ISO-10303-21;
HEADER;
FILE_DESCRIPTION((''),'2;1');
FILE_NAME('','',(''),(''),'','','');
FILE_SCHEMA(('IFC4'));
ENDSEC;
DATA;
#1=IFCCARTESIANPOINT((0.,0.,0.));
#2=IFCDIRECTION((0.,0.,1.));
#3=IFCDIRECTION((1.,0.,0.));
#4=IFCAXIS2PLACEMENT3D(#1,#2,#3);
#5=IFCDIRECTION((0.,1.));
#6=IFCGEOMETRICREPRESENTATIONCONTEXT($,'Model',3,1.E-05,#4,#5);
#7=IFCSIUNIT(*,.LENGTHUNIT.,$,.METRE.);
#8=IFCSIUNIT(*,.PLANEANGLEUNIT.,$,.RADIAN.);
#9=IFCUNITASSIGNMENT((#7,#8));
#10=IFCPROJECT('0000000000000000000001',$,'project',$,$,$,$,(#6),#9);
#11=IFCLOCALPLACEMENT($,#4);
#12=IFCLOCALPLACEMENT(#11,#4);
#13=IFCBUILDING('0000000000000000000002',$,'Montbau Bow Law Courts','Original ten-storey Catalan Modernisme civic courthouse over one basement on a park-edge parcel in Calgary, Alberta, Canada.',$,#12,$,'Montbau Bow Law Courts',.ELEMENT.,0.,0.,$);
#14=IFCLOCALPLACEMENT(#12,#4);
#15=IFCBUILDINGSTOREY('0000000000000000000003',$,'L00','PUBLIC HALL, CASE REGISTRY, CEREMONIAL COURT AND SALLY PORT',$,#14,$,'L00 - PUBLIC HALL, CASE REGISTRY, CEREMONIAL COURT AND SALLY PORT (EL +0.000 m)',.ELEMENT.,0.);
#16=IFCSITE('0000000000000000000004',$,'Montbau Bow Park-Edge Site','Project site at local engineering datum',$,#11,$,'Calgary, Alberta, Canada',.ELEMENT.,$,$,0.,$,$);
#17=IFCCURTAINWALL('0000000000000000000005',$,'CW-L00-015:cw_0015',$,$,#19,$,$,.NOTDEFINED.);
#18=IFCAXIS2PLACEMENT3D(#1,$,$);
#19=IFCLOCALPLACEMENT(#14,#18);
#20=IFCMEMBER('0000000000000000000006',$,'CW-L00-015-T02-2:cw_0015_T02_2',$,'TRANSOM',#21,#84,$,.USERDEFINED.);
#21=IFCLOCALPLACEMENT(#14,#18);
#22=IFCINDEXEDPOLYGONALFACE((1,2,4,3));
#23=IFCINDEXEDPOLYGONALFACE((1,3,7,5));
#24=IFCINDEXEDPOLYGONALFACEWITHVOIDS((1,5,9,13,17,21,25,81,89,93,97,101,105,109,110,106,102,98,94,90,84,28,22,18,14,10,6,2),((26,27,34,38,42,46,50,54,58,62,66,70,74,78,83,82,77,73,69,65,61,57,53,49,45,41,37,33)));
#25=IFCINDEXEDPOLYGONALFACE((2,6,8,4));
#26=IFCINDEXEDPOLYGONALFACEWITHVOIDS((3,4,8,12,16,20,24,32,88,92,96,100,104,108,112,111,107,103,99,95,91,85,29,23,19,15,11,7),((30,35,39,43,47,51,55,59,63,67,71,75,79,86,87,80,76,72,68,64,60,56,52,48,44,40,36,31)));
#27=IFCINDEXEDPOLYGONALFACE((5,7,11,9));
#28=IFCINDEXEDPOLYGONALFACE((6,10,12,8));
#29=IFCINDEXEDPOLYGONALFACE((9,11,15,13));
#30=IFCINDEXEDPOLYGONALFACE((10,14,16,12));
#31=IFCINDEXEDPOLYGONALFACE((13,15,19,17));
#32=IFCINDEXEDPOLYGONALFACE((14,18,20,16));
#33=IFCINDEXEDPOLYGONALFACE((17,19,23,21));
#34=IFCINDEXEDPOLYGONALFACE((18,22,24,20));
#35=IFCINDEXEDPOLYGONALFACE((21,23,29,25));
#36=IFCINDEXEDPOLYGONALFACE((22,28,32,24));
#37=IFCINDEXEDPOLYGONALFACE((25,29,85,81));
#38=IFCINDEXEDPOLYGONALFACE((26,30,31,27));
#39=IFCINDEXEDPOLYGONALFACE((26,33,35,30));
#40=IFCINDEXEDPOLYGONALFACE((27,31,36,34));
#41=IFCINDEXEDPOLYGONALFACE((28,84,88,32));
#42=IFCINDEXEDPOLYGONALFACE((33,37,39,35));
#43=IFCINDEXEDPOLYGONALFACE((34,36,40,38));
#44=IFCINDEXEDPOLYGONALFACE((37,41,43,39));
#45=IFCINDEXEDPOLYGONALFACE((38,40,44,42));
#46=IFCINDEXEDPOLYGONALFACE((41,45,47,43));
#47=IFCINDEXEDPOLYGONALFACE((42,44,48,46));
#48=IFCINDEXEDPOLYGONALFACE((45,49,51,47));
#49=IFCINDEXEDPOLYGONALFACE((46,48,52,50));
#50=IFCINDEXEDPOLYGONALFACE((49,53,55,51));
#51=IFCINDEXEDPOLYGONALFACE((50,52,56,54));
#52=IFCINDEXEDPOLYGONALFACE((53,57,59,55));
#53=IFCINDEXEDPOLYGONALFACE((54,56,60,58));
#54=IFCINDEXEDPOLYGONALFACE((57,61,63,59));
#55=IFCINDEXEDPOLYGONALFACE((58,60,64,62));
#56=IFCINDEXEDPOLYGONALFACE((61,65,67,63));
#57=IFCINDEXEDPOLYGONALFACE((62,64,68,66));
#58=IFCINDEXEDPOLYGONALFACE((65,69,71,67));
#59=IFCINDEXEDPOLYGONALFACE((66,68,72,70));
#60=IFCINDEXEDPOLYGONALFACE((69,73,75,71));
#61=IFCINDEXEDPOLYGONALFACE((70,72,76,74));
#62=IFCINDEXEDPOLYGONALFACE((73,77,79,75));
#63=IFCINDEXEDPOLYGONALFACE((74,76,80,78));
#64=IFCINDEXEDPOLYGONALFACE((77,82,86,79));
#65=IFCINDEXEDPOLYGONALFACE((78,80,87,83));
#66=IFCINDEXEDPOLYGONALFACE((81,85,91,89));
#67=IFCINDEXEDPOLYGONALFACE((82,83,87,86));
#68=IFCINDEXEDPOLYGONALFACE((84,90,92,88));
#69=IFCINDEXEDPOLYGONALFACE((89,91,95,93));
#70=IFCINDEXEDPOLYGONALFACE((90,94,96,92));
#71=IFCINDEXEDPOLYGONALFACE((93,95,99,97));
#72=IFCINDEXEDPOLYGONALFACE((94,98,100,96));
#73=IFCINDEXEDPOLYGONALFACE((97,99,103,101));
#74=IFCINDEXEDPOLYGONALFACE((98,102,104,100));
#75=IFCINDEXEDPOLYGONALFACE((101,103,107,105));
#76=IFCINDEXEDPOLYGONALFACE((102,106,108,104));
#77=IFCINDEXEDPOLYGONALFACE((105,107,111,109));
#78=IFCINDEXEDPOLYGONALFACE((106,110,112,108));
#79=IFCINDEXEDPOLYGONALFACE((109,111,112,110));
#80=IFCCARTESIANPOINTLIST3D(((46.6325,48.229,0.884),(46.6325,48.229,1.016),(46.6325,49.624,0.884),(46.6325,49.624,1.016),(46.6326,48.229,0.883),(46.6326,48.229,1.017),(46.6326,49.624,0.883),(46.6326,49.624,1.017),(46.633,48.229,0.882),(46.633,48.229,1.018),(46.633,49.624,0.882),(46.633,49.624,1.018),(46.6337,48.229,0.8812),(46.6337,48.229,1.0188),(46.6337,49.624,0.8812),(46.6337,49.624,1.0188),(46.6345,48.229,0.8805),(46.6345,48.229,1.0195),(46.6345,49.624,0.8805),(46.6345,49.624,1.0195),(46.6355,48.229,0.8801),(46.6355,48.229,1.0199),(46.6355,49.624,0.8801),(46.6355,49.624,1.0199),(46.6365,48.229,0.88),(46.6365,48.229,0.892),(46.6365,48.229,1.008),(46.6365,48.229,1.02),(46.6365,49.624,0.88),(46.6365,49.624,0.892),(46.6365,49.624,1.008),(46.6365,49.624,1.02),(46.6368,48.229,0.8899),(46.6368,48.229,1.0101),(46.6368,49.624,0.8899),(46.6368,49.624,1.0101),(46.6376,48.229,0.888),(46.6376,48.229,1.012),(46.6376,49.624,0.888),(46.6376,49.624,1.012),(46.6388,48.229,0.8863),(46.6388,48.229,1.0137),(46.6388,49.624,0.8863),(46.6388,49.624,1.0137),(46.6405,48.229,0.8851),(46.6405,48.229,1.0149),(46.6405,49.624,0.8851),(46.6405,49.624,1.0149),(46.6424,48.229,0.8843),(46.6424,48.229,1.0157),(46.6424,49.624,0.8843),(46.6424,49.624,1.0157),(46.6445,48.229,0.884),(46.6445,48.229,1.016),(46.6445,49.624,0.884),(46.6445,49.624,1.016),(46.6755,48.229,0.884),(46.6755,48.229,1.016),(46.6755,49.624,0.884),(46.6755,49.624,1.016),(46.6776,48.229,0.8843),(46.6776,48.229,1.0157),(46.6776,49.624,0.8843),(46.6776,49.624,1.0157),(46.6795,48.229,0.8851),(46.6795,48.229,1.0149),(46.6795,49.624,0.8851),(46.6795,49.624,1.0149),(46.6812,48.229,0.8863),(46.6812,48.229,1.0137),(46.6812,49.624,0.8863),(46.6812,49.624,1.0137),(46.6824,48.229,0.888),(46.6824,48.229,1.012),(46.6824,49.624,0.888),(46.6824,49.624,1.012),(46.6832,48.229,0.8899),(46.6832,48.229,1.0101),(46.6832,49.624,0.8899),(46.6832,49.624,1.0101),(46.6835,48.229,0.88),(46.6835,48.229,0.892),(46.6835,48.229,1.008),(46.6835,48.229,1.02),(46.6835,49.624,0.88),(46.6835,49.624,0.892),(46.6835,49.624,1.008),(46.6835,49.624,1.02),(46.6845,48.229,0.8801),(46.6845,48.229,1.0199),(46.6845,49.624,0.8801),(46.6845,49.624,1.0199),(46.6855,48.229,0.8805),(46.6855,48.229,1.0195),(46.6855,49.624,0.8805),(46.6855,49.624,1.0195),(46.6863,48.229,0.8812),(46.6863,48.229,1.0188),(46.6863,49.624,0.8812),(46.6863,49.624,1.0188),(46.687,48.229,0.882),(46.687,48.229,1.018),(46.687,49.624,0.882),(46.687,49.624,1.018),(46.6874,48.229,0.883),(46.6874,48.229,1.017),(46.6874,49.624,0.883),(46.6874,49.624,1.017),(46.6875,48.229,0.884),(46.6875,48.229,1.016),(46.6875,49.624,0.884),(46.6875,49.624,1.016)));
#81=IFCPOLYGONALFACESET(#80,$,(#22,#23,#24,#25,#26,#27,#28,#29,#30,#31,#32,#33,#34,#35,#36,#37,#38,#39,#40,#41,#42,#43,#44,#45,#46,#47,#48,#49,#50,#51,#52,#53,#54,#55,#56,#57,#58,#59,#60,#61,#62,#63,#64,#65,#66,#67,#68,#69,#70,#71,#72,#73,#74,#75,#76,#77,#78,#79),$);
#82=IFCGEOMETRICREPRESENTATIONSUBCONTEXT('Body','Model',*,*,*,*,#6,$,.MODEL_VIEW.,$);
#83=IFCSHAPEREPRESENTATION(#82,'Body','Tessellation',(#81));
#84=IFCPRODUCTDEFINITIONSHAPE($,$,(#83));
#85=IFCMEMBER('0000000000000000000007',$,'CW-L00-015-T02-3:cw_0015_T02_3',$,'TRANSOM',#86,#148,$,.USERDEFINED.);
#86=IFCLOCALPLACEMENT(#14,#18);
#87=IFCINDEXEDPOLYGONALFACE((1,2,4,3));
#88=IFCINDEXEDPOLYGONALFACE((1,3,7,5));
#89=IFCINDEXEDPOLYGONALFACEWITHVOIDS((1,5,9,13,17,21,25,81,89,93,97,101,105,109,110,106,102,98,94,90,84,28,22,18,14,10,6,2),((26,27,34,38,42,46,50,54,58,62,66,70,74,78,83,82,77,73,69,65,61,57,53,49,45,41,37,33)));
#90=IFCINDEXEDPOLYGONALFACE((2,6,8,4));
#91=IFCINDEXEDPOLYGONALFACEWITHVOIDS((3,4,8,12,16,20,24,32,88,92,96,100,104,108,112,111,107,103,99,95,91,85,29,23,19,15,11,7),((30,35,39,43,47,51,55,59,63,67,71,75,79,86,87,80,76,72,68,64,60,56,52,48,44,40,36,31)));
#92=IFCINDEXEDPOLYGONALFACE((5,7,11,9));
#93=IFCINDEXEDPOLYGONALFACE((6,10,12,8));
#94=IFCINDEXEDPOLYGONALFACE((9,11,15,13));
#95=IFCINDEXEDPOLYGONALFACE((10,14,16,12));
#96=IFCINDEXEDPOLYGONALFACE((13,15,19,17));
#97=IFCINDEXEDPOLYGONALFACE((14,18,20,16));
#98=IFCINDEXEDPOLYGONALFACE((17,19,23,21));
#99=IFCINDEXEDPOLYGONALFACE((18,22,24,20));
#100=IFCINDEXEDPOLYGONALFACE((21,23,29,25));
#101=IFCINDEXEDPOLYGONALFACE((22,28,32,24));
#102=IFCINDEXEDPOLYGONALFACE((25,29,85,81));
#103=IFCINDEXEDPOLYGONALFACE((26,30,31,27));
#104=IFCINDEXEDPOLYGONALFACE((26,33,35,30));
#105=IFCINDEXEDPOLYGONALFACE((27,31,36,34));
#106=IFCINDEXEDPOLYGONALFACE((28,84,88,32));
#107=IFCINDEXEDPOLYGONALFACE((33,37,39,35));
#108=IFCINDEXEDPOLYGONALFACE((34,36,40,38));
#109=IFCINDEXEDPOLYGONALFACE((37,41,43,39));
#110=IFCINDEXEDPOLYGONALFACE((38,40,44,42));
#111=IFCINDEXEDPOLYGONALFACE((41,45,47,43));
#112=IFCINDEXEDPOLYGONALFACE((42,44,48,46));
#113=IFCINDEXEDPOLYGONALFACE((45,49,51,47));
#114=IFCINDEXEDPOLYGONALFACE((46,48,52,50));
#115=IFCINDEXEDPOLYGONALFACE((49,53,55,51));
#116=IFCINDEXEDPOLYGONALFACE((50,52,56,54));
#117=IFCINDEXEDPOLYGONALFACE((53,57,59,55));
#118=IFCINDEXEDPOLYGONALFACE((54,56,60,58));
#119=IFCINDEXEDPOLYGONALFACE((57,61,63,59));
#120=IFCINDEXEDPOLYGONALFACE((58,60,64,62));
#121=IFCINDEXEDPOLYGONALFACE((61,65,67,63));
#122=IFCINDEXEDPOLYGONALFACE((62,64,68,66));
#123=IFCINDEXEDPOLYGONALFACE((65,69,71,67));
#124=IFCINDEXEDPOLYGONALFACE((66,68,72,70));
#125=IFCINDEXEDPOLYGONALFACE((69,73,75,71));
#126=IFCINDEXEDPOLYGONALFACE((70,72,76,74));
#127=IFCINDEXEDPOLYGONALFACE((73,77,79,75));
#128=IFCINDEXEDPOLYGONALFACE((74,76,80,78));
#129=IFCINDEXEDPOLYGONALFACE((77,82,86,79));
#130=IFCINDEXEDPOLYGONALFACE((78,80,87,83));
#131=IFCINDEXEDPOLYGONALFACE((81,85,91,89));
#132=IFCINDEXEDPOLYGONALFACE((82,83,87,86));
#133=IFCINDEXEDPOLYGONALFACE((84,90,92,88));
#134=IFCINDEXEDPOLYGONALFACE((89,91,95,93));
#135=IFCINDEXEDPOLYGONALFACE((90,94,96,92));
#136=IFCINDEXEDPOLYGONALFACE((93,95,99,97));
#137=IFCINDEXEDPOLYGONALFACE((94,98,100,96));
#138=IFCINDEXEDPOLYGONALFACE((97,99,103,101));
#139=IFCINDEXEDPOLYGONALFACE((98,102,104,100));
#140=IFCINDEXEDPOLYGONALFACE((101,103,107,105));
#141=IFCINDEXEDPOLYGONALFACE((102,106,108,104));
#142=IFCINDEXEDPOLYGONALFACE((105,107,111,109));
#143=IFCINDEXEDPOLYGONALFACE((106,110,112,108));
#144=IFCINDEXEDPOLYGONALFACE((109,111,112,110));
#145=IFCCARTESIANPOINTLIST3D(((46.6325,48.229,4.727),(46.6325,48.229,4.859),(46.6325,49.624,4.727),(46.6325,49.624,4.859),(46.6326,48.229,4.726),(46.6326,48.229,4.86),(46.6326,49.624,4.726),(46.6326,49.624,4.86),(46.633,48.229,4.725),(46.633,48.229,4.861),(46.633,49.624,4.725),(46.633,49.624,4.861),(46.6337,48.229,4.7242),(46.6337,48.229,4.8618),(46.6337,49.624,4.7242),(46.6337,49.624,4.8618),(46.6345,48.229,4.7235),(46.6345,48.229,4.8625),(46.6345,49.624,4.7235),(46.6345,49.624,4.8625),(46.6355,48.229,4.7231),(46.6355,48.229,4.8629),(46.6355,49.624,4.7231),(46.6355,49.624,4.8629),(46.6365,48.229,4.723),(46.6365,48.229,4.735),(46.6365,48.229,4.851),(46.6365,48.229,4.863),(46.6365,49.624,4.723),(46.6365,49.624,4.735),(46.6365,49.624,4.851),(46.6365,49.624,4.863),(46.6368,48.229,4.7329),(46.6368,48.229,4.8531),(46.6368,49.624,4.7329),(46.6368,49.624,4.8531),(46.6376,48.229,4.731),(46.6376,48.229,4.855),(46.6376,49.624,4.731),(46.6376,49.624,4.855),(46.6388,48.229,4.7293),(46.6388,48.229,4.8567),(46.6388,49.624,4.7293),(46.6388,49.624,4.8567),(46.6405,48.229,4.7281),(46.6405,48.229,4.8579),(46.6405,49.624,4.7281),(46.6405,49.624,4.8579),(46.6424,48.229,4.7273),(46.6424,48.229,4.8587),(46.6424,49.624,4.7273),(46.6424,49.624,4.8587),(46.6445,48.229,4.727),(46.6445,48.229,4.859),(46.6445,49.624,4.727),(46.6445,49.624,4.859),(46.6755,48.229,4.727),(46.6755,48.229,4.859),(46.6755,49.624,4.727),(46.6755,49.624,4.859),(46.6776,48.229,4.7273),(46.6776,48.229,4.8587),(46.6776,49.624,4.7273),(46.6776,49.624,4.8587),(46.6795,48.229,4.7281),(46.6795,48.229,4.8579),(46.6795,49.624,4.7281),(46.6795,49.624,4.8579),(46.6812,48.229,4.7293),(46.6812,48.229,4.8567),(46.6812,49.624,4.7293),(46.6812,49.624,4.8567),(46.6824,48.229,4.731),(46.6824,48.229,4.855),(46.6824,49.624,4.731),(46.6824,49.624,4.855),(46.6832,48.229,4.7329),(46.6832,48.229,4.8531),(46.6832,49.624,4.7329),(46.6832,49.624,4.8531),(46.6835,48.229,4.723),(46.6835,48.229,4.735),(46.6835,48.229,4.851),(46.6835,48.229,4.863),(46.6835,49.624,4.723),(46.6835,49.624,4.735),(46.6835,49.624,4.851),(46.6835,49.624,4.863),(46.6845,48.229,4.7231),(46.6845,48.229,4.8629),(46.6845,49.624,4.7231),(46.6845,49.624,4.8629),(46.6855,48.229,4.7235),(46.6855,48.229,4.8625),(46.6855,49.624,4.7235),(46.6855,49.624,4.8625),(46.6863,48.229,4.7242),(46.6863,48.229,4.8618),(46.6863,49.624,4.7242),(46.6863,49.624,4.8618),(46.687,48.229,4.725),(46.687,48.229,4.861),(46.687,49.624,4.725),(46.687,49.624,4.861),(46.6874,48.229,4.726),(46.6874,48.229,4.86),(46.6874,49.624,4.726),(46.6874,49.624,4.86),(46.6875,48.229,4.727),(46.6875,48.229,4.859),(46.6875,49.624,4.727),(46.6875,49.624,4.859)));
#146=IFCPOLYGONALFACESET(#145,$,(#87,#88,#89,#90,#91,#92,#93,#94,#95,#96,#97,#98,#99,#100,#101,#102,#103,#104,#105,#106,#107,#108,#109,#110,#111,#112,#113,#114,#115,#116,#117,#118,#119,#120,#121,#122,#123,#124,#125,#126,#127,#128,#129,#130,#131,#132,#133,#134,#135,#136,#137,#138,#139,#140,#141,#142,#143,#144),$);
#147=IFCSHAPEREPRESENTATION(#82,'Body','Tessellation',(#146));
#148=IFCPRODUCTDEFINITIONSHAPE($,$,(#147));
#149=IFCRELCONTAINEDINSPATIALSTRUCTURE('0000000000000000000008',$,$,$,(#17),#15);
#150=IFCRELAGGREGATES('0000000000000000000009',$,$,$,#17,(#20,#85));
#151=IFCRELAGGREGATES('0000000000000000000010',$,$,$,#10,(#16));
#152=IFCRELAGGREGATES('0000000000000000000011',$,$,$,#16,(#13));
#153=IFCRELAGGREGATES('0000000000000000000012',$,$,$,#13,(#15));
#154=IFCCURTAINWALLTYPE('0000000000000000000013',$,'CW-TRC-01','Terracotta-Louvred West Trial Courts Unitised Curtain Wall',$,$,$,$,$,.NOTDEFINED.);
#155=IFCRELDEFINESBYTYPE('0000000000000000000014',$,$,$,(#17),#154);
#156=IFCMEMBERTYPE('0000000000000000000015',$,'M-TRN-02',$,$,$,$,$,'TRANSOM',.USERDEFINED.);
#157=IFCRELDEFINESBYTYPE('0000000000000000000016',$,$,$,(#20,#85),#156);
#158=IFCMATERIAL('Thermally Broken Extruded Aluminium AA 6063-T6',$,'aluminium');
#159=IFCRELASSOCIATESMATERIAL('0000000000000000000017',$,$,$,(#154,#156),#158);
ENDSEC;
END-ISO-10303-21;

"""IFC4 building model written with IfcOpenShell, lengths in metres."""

from ifc_helpers import new_model, si_unit, direction, frame, origin_with_axes, origin_2d_with_axis, place, context, subcontext, project, spatial, hollow_rectangle, extrude, material, material_profile, profile_set, type_object, element, aggregate, save


model = new_model("IFC4")

# Units and contexts
model_context = context("Model", 3, precision=1e-05, world=origin_with_axes(), true_north=direction((0.0, 1.0)))
body_context = subcontext(model_context, "Body", "Model", "MODEL_VIEW")
ifc_project = project(units=[si_unit("LENGTHUNIT", "METRE"), si_unit("PLANEANGLEUNIT", "RADIAN")], contexts=[model_context])

# Site, building, storey
site_placement = place(None, origin_with_axes())
site = spatial("IfcSite", under=ifc_project, at=site_placement, Name="Montbau Bow Park-Edge Site", Description="Project site at local engineering datum", LongName="Calgary, Alberta, Canada", CompositionType="ELEMENT", RefElevation=0.0)
building_placement = place(site_placement, origin_with_axes())
building = spatial("IfcBuilding", under=site, at=building_placement, Name="Montbau Bow Law Courts", Description="Original ten-storey Catalan Modernisme civic courthouse over one basement on a park-edge parcel in Calgary, Alberta, Canada.", LongName="Montbau Bow Law Courts", CompositionType="ELEMENT", ElevationOfRefHeight=0.0, ElevationOfTerrain=0.0)
storey_placement = place(building_placement, origin_with_axes())
storey = spatial("IfcBuildingStorey", under=building, at=storey_placement, Name="L00", Description="PUBLIC HALL, CASE REGISTRY, CEREMONIAL COURT AND SALLY PORT", LongName="L00 - PUBLIC HALL, CASE REGISTRY, CEREMONIAL COURT AND SALLY PORT (EL +0.000 m)", CompositionType="ELEMENT", Elevation=0.0)

# Shared definitions
ifc_material_1 = material(Name="Thermally Broken Extruded Aluminium AA 6063-T6", Category="aluminium")

# Curtain wall, members
curtain_wall_type_1 = type_object("IfcCurtainWallType", Name="CW-TRC-01", Description="Terracotta-Louvred West Trial Courts Unitised Curtain Wall", PredefinedType="NOTDEFINED", material=ifc_material_1)
curtain_wall_1_placement = place(None, frame((46.66, 46.715, 0.0), z_axis=(0.0, 0.0, 1.0), x_axis=(1.0, 0.0, 0.0)))
curtain_wall_1 = element("IfcCurtainWall", 1, at=curtain_wall_1_placement, inside=storey, type_object=curtain_wall_type_1, Name="CW-L00-015:cw_0015", PredefinedType="NOTDEFINED")
ifc_material_profile_1 = material_profile(ifc_material_1, hollow_rectangle(XDim=0.055, YDim=0.14, WallThickness=0.004, InnerFilletRadius=0.008, OuterFilletRadius=0.004, at=origin_2d_with_axis()), Name="CWT-140X55", Category="Main", Priority=0)
ifc_profile_set_1 = profile_set([ifc_material_profile_1], Name="Thermally Broken Extruded Aluminium AA 6063-T6")
member_type_1 = type_object("IfcMemberType", Name="M-TRN-02", ElementType="TRANSOM", PredefinedType="USERDEFINED", material=ifc_profile_set_1)
member_1_placement = place(None, frame((46.66, 48.229, 0.95), z_axis=(0.0, 1.0, 0.0), x_axis=(-1.0, 0.0, 0.0)))
member_1 = element("IfcMember", 2, at=member_1_placement, type_object=member_type_1, Name="CW-L00-015-T02-2:cw_0015_T02_2", ObjectType="TRANSOM", PredefinedType="USERDEFINED", context=body_context, shape_type="SweptSolid", body=[
    extrude(hollow_rectangle(XDim=0.055, YDim=0.14, WallThickness=0.004, InnerFilletRadius=0.008, OuterFilletRadius=0.004, at=origin_2d_with_axis()), origin_with_axes(), (0.0, 0.0, 1.0), 1.395),
])
member_2_placement = place(None, frame((46.66, 48.229, 4.793), z_axis=(0.0, 1.0, 0.0), x_axis=(-1.0, 0.0, 0.0)))
member_2 = element("IfcMember", 3, at=member_2_placement, type_object=member_type_1, Name="CW-L00-015-T02-3:cw_0015_T02_3", ObjectType="TRANSOM", PredefinedType="USERDEFINED", context=body_context, shape_type="SweptSolid", body=[
    extrude(hollow_rectangle(XDim=0.055, YDim=0.14, WallThickness=0.004, InnerFilletRadius=0.008, OuterFilletRadius=0.004, at=origin_2d_with_axis()), origin_with_axes(), (0.0, 0.0, 1.0), 1.395),
])
aggregate(curtain_wall_1, [member_1, member_2])

save(model, "model.ifc")
